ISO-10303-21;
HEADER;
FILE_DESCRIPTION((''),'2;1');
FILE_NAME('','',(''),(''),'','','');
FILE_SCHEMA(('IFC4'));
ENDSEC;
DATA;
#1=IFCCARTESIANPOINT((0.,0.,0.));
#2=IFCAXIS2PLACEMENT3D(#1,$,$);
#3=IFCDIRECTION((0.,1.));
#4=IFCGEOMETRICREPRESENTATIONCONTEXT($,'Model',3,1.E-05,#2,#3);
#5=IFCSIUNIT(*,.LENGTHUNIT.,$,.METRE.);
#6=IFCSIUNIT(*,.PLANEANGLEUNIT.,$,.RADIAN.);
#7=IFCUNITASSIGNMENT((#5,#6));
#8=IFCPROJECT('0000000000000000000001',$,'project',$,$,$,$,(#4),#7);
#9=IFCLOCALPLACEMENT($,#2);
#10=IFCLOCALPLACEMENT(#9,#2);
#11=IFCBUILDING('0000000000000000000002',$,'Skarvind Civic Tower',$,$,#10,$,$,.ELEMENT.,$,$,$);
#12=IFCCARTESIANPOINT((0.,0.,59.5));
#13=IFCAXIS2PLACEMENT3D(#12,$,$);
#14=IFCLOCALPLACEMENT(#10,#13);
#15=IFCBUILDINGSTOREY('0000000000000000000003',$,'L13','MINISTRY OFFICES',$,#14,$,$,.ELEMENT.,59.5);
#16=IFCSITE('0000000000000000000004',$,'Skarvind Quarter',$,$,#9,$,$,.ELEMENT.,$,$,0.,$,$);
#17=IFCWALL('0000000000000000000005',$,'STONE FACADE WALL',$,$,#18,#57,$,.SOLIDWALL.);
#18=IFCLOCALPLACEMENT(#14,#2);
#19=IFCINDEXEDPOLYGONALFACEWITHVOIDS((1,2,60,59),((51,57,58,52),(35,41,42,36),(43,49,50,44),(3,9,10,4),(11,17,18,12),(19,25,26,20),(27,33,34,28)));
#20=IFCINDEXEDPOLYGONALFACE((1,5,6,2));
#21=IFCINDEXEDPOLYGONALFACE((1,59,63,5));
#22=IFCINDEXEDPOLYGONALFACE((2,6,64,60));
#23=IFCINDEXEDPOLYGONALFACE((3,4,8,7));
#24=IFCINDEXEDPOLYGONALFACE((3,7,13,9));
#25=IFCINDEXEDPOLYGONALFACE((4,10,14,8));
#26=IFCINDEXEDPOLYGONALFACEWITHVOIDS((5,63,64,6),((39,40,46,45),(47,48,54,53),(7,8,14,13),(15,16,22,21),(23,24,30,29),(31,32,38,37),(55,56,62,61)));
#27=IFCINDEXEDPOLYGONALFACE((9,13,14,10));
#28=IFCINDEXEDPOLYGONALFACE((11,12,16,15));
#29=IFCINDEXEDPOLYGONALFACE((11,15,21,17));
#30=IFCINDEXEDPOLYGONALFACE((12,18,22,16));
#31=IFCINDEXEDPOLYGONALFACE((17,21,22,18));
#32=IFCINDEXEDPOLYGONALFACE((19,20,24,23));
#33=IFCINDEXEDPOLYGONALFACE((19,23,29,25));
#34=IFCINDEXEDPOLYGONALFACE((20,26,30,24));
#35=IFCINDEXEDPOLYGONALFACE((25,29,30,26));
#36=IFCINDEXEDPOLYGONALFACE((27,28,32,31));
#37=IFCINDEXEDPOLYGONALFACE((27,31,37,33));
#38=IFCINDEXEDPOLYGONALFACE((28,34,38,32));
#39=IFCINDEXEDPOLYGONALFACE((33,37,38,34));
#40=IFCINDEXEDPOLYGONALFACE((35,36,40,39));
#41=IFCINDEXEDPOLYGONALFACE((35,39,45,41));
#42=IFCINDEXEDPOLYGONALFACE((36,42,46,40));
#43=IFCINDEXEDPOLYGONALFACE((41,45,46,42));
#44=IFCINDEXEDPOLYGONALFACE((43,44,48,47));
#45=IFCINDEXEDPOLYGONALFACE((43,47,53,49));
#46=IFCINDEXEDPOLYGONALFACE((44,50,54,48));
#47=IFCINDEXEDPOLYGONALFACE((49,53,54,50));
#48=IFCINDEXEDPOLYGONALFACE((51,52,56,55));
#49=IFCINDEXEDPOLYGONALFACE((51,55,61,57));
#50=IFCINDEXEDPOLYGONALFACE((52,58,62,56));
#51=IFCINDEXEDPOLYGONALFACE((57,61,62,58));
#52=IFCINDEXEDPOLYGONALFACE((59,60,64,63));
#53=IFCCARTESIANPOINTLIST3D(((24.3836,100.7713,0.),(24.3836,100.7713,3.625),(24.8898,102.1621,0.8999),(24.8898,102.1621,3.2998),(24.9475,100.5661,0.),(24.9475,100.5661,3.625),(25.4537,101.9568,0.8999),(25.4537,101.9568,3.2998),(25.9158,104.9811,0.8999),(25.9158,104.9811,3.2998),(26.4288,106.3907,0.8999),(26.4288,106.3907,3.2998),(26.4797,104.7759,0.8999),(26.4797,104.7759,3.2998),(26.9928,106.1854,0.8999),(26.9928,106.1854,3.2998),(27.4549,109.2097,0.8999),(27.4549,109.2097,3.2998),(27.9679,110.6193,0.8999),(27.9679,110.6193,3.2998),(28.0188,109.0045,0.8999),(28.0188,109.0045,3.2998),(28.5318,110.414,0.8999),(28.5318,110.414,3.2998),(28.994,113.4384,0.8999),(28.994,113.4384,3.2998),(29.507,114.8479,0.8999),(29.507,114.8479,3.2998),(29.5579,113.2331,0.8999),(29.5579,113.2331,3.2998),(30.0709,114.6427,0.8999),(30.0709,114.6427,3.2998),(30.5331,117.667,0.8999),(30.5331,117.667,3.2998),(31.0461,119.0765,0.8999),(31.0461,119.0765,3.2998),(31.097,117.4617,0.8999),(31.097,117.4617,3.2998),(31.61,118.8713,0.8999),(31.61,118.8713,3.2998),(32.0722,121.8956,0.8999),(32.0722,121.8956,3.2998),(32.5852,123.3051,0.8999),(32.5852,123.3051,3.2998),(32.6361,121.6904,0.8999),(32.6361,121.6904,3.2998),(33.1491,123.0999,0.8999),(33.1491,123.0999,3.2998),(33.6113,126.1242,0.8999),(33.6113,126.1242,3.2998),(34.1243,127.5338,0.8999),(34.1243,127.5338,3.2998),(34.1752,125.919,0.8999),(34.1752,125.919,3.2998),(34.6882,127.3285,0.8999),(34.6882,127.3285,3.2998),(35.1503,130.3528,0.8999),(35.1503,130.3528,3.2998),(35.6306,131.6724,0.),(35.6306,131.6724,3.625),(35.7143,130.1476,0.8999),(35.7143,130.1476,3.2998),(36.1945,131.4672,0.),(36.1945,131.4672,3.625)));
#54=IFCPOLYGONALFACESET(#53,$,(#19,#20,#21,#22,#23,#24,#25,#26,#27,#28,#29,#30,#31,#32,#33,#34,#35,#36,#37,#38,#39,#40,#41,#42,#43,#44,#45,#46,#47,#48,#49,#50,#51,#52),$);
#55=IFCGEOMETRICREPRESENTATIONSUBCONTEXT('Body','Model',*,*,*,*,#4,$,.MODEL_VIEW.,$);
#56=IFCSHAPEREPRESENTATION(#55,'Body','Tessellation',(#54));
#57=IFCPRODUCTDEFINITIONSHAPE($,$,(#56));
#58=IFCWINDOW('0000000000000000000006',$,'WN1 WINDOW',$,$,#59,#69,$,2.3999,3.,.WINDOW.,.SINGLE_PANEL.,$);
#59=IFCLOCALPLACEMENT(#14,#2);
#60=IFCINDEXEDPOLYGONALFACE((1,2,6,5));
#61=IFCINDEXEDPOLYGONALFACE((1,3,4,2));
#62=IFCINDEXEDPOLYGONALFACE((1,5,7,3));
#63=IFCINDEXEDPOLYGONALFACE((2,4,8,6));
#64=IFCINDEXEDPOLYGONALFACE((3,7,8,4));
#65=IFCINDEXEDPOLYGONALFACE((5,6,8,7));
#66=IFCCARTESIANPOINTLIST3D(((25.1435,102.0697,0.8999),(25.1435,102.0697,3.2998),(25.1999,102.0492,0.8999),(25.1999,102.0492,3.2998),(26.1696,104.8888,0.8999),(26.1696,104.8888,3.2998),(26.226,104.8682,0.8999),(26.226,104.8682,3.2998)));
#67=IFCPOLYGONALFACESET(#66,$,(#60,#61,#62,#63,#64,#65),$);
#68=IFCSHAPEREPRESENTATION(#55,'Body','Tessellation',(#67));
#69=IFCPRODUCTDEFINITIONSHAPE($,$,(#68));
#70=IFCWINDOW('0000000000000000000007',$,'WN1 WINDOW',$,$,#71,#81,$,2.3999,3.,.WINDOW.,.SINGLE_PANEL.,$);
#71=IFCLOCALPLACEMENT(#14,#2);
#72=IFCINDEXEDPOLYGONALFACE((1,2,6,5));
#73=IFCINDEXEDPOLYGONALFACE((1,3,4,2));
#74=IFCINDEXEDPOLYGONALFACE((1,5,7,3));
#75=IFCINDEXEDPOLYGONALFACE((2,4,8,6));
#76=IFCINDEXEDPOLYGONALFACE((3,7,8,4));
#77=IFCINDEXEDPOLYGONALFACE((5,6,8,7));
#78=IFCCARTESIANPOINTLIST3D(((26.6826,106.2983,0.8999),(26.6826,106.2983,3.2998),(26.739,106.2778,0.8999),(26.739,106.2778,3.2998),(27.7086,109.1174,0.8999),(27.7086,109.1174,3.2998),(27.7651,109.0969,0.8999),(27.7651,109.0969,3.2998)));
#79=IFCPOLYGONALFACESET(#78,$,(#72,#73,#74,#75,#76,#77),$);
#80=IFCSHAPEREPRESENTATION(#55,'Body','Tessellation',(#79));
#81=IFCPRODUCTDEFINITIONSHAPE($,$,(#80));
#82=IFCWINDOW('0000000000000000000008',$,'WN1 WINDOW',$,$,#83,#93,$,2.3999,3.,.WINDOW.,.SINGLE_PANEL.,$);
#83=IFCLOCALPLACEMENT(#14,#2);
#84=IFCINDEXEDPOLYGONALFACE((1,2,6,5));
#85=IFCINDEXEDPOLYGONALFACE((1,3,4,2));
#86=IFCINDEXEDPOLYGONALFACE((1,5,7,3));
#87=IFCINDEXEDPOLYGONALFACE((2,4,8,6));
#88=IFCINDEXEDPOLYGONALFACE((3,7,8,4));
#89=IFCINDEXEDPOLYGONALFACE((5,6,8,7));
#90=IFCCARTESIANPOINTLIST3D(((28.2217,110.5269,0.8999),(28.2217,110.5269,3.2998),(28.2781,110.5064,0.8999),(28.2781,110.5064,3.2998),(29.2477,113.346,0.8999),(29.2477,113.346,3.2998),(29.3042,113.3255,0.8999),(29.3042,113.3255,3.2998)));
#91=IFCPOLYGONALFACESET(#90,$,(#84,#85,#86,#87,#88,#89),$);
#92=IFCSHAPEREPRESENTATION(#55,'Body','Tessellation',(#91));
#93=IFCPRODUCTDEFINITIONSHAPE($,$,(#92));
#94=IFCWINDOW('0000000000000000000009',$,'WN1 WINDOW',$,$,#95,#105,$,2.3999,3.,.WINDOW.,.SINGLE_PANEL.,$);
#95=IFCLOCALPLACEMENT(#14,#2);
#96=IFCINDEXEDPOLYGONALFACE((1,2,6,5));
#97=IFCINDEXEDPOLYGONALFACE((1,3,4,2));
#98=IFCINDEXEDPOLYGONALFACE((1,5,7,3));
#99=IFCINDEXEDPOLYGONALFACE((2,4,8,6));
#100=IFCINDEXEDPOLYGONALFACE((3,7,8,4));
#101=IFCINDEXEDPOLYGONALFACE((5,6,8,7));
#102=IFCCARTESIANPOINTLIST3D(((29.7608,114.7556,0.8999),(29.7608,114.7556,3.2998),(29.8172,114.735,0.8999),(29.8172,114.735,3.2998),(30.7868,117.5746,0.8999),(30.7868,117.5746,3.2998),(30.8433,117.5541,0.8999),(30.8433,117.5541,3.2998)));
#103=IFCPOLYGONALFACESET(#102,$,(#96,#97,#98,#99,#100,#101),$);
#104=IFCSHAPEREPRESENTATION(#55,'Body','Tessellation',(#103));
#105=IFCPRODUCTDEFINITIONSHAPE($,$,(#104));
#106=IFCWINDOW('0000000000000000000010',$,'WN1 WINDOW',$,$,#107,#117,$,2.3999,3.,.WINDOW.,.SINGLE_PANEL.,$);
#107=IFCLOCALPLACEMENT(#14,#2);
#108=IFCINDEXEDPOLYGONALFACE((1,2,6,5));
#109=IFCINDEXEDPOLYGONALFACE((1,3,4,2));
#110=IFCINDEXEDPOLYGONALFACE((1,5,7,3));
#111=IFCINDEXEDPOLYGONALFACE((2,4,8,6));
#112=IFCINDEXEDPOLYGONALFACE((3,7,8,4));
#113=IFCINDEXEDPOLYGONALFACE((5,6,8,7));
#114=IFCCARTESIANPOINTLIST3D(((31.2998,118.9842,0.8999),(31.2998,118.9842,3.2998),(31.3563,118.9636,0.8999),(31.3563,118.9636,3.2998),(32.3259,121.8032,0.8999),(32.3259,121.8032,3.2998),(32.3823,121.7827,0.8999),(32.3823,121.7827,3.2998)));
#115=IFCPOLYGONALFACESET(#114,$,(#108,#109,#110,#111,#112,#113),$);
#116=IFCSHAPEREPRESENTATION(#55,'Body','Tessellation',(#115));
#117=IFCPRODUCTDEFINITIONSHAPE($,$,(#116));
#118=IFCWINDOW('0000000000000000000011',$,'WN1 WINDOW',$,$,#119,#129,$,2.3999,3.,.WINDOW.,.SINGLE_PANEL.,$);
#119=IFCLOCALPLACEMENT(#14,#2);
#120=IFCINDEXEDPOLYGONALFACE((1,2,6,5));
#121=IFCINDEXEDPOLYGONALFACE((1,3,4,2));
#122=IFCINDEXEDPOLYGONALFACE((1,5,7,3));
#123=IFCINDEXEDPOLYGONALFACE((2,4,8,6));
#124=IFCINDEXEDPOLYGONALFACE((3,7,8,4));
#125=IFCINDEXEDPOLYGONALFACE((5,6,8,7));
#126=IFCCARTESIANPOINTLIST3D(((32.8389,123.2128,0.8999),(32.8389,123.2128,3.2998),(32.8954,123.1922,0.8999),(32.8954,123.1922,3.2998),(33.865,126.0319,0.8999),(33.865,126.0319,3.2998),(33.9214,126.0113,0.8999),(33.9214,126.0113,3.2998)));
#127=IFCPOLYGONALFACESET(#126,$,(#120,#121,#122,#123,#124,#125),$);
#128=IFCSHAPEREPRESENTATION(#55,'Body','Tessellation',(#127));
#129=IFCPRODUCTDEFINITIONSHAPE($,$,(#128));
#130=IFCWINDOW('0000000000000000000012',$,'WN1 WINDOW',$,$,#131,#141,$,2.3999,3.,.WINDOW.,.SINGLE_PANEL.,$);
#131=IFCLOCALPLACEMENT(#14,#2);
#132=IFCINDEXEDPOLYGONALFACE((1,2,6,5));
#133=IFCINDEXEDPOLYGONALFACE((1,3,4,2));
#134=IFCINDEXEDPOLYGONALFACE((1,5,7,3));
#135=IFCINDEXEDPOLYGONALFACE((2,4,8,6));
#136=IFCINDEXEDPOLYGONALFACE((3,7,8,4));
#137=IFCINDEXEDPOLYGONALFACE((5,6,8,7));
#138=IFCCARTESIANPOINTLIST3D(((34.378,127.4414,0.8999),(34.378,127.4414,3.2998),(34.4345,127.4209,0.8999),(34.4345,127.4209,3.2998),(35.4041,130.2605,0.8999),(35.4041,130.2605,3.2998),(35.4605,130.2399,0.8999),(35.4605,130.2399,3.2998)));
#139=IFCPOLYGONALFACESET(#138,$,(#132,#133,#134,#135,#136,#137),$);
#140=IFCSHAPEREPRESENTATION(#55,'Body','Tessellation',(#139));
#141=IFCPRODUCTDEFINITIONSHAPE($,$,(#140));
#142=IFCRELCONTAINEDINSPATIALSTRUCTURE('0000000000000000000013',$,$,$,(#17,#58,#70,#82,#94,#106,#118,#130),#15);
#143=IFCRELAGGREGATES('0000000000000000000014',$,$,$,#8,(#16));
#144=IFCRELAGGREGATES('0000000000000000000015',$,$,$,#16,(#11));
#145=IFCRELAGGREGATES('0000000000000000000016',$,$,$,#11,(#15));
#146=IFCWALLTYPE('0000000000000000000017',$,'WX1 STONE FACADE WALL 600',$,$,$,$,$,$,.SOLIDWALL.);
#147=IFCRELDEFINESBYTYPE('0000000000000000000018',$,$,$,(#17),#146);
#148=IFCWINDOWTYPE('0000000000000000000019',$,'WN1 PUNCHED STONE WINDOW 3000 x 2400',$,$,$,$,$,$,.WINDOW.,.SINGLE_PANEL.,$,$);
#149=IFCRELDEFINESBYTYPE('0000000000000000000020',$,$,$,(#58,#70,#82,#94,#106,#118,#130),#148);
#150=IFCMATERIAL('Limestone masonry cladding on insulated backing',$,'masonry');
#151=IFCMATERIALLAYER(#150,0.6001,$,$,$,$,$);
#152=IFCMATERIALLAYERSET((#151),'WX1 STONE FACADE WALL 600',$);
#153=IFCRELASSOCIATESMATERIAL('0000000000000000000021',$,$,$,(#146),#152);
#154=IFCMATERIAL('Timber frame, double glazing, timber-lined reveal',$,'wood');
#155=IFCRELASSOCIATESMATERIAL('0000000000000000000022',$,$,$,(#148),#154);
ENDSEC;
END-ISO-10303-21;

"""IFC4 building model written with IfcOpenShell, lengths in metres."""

from ifc_helpers import new_model, si_unit, direction, frame, frame_2d, origin, place, context, subcontext, project, spatial, rectangle, extrude, material, layer, layer_set, type_object, element, fill, save


model = new_model("IFC4")

# Units and contexts
model_context = context("Model", 3, precision=1e-05, world=origin(), true_north=direction((0.0, 1.0)))
body_context = subcontext(model_context, "Body", "Model", "MODEL_VIEW")
ifc_project = project(units=[si_unit("LENGTHUNIT", "METRE"), si_unit("PLANEANGLEUNIT", "RADIAN")], contexts=[model_context])

# Site, building, storey
site_placement = place(None, origin())
site = spatial("IfcSite", under=ifc_project, at=site_placement, Name="Skarvind Quarter", CompositionType="ELEMENT", RefElevation=0.0)
building_placement = place(site_placement, origin())
building = spatial("IfcBuilding", under=site, at=building_placement, Name="Skarvind Civic Tower", CompositionType="ELEMENT")
storey_placement = place(building_placement, frame((0.0, 0.0, 59.5)))
storey = spatial("IfcBuildingStorey", under=building, at=storey_placement, Name="L13", Description="MINISTRY OFFICES", CompositionType="ELEMENT", Elevation=59.5)

# Wall, openings, windows
ifc_material_1 = material(Name="Limestone masonry cladding on insulated backing", Category="masonry")
ifc_layer_1 = layer(ifc_material_1, 0.6001)
ifc_layer_set_1 = layer_set([ifc_layer_1], Name="WX1 STONE FACADE WALL 600")
wall_type_1 = type_object("IfcWallType", Name="WX1 STONE FACADE WALL 600", PredefinedType="SOLIDWALL", material=ifc_layer_set_1)
wall_1_placement = place(storey_placement, frame((24.6655, 100.6687, 0.0), z_axis=(0.0, 0.0, 1.0), x_axis=(0.34202, 0.939693, 0.0)))
wall_1 = element("IfcWall", 1, at=wall_1_placement, inside=storey, type_object=wall_type_1, Name="STONE FACADE WALL", PredefinedType="SOLIDWALL", context=body_context, shape_type="SweptSolid", body=[
    extrude(rectangle(XDim=32.8843, YDim=0.6001, at=frame_2d((16.4421, 0.0))), origin(), (0.0, 0.0, 1.0), 3.625),
])
opening_1_placement = place(wall_1_placement, frame((1.48, 0.0, 0.8999)))
opening_1 = element("IfcOpeningElement", 2, at=opening_1_placement, cuts=wall_1, PredefinedType="OPENING", context=body_context, shape_type="SweptSolid", body=[
    extrude(rectangle(XDim=3.0, YDim=2.3999, at=frame_2d((1.5, 1.2))), frame((0.0, 0.3101, 0.0), z_axis=(0.0, -1.0, 0.0), x_axis=(1.0, 0.0, 0.0)), (0.0, 0.0, 1.0), 0.6201),
])
opening_2_placement = place(wall_1_placement, frame((5.98, 0.0, 0.8999)))
opening_2 = element("IfcOpeningElement", 3, at=opening_2_placement, cuts=wall_1, PredefinedType="OPENING", context=body_context, shape_type="SweptSolid", body=[
    extrude(rectangle(XDim=3.0, YDim=2.3999, at=frame_2d((1.5, 1.2))), frame((0.0, 0.3101, 0.0), z_axis=(0.0, -1.0, 0.0), x_axis=(1.0, 0.0, 0.0)), (0.0, 0.0, 1.0), 0.6201),
])
opening_3_placement = place(wall_1_placement, frame((10.48, 0.0, 0.8999)))
opening_3 = element("IfcOpeningElement", 4, at=opening_3_placement, cuts=wall_1, PredefinedType="OPENING", context=body_context, shape_type="SweptSolid", body=[
    extrude(rectangle(XDim=3.0, YDim=2.3999, at=frame_2d((1.5, 1.2))), frame((0.0, 0.3101, 0.0), z_axis=(0.0, -1.0, 0.0), x_axis=(1.0, 0.0, 0.0)), (0.0, 0.0, 1.0), 0.6201),
])
opening_4_placement = place(wall_1_placement, frame((14.98, 0.0, 0.8999)))
opening_4 = element("IfcOpeningElement", 5, at=opening_4_placement, cuts=wall_1, PredefinedType="OPENING", context=body_context, shape_type="SweptSolid", body=[
    extrude(rectangle(XDim=3.0, YDim=2.3999, at=frame_2d((1.5, 1.2))), frame((0.0, 0.3101, 0.0), z_axis=(0.0, -1.0, 0.0), x_axis=(1.0, 0.0, 0.0)), (0.0, 0.0, 1.0), 0.6201),
])
opening_5_placement = place(wall_1_placement, frame((19.48, 0.0, 0.8999)))
opening_5 = element("IfcOpeningElement", 6, at=opening_5_placement, cuts=wall_1, PredefinedType="OPENING", context=body_context, shape_type="SweptSolid", body=[
    extrude(rectangle(XDim=3.0, YDim=2.3999, at=frame_2d((1.5, 1.2))), frame((0.0, 0.3101, 0.0), z_axis=(0.0, -1.0, 0.0), x_axis=(1.0, 0.0, 0.0)), (0.0, 0.0, 1.0), 0.6201),
])
opening_6_placement = place(wall_1_placement, frame((23.98, 0.0, 0.8999)))
opening_6 = element("IfcOpeningElement", 7, at=opening_6_placement, cuts=wall_1, PredefinedType="OPENING", context=body_context, shape_type="SweptSolid", body=[
    extrude(rectangle(XDim=3.0, YDim=2.3999, at=frame_2d((1.5, 1.2))), frame((0.0, 0.3101, 0.0), z_axis=(0.0, -1.0, 0.0), x_axis=(1.0, 0.0, 0.0)), (0.0, 0.0, 1.0), 0.6201),
])
opening_7_placement = place(wall_1_placement, frame((28.48, 0.0, 0.8999)))
opening_7 = element("IfcOpeningElement", 8, at=opening_7_placement, cuts=wall_1, PredefinedType="OPENING", context=body_context, shape_type="SweptSolid", body=[
    extrude(rectangle(XDim=3.0, YDim=2.3999, at=frame_2d((1.5, 1.2))), frame((0.0, 0.3101, 0.0), z_axis=(0.0, -1.0, 0.0), x_axis=(1.0, 0.0, 0.0)), (0.0, 0.0, 1.0), 0.6201),
])
ifc_material_2 = material(Name="Timber frame, double glazing, timber-lined reveal", Category="wood")
window_type = type_object("IfcWindowType", Name="WN1 PUNCHED STONE WINDOW 3000 x 2400", PartitioningType="SINGLE_PANEL", PredefinedType="WINDOW", material=ifc_material_2)
window_1_placement = place(opening_1_placement, origin())
window_1 = element("IfcWindow", 9, at=window_1_placement, inside=storey, type_object=window_type, Name="WN1 WINDOW", OverallHeight=2.3999, OverallWidth=3.0, PartitioningType="SINGLE_PANEL", PredefinedType="WINDOW", context=body_context, shape_type="SweptSolid", body=[
    extrude(rectangle(XDim=3.0, YDim=2.3999, at=frame_2d((1.5, 1.2))), frame((0.0, 0.03, 0.0), z_axis=(0.0, -1.0, 0.0), x_axis=(1.0, 0.0, 0.0)), (0.0, 0.0, 1.0), 0.0601),
])
fill(opening_1, window_1)
window_2_placement = place(opening_2_placement, origin())
window_2 = element("IfcWindow", 10, at=window_2_placement, inside=storey, type_object=window_type, Name="WN1 WINDOW", OverallHeight=2.3999, OverallWidth=3.0, PartitioningType="SINGLE_PANEL", PredefinedType="WINDOW", context=body_context, shape_type="SweptSolid", body=[
    extrude(rectangle(XDim=3.0, YDim=2.3999, at=frame_2d((1.5, 1.2))), frame((0.0, 0.03, 0.0), z_axis=(0.0, -1.0, 0.0), x_axis=(1.0, 0.0, 0.0)), (0.0, 0.0, 1.0), 0.0601),
])
fill(opening_2, window_2)
window_3_placement = place(opening_3_placement, origin())
window_3 = element("IfcWindow", 11, at=window_3_placement, inside=storey, type_object=window_type, Name="WN1 WINDOW", OverallHeight=2.3999, OverallWidth=3.0, PartitioningType="SINGLE_PANEL", PredefinedType="WINDOW", context=body_context, shape_type="SweptSolid", body=[
    extrude(rectangle(XDim=3.0, YDim=2.3999, at=frame_2d((1.5, 1.2))), frame((0.0, 0.03, 0.0), z_axis=(0.0, -1.0, 0.0), x_axis=(1.0, 0.0, 0.0)), (0.0, 0.0, 1.0), 0.0601),
])
fill(opening_3, window_3)
window_4_placement = place(opening_4_placement, origin())
window_4 = element("IfcWindow", 12, at=window_4_placement, inside=storey, type_object=window_type, Name="WN1 WINDOW", OverallHeight=2.3999, OverallWidth=3.0, PartitioningType="SINGLE_PANEL", PredefinedType="WINDOW", context=body_context, shape_type="SweptSolid", body=[
    extrude(rectangle(XDim=3.0, YDim=2.3999, at=frame_2d((1.5, 1.2))), frame((0.0, 0.03, 0.0), z_axis=(0.0, -1.0, 0.0), x_axis=(1.0, 0.0, 0.0)), (0.0, 0.0, 1.0), 0.0601),
])
fill(opening_4, window_4)
window_5_placement = place(opening_5_placement, origin())
window_5 = element("IfcWindow", 13, at=window_5_placement, inside=storey, type_object=window_type, Name="WN1 WINDOW", OverallHeight=2.3999, OverallWidth=3.0, PartitioningType="SINGLE_PANEL", PredefinedType="WINDOW", context=body_context, shape_type="SweptSolid", body=[
    extrude(rectangle(XDim=3.0, YDim=2.3999, at=frame_2d((1.5, 1.2))), frame((0.0, 0.03, 0.0), z_axis=(0.0, -1.0, 0.0), x_axis=(1.0, 0.0, 0.0)), (0.0, 0.0, 1.0), 0.0601),
])
fill(opening_5, window_5)
window_6_placement = place(opening_6_placement, origin())
window_6 = element("IfcWindow", 14, at=window_6_placement, inside=storey, type_object=window_type, Name="WN1 WINDOW", OverallHeight=2.3999, OverallWidth=3.0, PartitioningType="SINGLE_PANEL", PredefinedType="WINDOW", context=body_context, shape_type="SweptSolid", body=[
    extrude(rectangle(XDim=3.0, YDim=2.3999, at=frame_2d((1.5, 1.2))), frame((0.0, 0.03, 0.0), z_axis=(0.0, -1.0, 0.0), x_axis=(1.0, 0.0, 0.0)), (0.0, 0.0, 1.0), 0.0601),
])
fill(opening_6, window_6)
window_7_placement = place(opening_7_placement, origin())
window_7 = element("IfcWindow", 15, at=window_7_placement, inside=storey, type_object=window_type, Name="WN1 WINDOW", OverallHeight=2.3999, OverallWidth=3.0, PartitioningType="SINGLE_PANEL", PredefinedType="WINDOW", context=body_context, shape_type="SweptSolid", body=[
    extrude(rectangle(XDim=3.0, YDim=2.3999, at=frame_2d((1.5, 1.2))), frame((0.0, 0.03, 0.0), z_axis=(0.0, -1.0, 0.0), x_axis=(1.0, 0.0, 0.0)), (0.0, 0.0, 1.0), 0.0601),
])
fill(opening_7, window_7)

save(model, "model.ifc")
